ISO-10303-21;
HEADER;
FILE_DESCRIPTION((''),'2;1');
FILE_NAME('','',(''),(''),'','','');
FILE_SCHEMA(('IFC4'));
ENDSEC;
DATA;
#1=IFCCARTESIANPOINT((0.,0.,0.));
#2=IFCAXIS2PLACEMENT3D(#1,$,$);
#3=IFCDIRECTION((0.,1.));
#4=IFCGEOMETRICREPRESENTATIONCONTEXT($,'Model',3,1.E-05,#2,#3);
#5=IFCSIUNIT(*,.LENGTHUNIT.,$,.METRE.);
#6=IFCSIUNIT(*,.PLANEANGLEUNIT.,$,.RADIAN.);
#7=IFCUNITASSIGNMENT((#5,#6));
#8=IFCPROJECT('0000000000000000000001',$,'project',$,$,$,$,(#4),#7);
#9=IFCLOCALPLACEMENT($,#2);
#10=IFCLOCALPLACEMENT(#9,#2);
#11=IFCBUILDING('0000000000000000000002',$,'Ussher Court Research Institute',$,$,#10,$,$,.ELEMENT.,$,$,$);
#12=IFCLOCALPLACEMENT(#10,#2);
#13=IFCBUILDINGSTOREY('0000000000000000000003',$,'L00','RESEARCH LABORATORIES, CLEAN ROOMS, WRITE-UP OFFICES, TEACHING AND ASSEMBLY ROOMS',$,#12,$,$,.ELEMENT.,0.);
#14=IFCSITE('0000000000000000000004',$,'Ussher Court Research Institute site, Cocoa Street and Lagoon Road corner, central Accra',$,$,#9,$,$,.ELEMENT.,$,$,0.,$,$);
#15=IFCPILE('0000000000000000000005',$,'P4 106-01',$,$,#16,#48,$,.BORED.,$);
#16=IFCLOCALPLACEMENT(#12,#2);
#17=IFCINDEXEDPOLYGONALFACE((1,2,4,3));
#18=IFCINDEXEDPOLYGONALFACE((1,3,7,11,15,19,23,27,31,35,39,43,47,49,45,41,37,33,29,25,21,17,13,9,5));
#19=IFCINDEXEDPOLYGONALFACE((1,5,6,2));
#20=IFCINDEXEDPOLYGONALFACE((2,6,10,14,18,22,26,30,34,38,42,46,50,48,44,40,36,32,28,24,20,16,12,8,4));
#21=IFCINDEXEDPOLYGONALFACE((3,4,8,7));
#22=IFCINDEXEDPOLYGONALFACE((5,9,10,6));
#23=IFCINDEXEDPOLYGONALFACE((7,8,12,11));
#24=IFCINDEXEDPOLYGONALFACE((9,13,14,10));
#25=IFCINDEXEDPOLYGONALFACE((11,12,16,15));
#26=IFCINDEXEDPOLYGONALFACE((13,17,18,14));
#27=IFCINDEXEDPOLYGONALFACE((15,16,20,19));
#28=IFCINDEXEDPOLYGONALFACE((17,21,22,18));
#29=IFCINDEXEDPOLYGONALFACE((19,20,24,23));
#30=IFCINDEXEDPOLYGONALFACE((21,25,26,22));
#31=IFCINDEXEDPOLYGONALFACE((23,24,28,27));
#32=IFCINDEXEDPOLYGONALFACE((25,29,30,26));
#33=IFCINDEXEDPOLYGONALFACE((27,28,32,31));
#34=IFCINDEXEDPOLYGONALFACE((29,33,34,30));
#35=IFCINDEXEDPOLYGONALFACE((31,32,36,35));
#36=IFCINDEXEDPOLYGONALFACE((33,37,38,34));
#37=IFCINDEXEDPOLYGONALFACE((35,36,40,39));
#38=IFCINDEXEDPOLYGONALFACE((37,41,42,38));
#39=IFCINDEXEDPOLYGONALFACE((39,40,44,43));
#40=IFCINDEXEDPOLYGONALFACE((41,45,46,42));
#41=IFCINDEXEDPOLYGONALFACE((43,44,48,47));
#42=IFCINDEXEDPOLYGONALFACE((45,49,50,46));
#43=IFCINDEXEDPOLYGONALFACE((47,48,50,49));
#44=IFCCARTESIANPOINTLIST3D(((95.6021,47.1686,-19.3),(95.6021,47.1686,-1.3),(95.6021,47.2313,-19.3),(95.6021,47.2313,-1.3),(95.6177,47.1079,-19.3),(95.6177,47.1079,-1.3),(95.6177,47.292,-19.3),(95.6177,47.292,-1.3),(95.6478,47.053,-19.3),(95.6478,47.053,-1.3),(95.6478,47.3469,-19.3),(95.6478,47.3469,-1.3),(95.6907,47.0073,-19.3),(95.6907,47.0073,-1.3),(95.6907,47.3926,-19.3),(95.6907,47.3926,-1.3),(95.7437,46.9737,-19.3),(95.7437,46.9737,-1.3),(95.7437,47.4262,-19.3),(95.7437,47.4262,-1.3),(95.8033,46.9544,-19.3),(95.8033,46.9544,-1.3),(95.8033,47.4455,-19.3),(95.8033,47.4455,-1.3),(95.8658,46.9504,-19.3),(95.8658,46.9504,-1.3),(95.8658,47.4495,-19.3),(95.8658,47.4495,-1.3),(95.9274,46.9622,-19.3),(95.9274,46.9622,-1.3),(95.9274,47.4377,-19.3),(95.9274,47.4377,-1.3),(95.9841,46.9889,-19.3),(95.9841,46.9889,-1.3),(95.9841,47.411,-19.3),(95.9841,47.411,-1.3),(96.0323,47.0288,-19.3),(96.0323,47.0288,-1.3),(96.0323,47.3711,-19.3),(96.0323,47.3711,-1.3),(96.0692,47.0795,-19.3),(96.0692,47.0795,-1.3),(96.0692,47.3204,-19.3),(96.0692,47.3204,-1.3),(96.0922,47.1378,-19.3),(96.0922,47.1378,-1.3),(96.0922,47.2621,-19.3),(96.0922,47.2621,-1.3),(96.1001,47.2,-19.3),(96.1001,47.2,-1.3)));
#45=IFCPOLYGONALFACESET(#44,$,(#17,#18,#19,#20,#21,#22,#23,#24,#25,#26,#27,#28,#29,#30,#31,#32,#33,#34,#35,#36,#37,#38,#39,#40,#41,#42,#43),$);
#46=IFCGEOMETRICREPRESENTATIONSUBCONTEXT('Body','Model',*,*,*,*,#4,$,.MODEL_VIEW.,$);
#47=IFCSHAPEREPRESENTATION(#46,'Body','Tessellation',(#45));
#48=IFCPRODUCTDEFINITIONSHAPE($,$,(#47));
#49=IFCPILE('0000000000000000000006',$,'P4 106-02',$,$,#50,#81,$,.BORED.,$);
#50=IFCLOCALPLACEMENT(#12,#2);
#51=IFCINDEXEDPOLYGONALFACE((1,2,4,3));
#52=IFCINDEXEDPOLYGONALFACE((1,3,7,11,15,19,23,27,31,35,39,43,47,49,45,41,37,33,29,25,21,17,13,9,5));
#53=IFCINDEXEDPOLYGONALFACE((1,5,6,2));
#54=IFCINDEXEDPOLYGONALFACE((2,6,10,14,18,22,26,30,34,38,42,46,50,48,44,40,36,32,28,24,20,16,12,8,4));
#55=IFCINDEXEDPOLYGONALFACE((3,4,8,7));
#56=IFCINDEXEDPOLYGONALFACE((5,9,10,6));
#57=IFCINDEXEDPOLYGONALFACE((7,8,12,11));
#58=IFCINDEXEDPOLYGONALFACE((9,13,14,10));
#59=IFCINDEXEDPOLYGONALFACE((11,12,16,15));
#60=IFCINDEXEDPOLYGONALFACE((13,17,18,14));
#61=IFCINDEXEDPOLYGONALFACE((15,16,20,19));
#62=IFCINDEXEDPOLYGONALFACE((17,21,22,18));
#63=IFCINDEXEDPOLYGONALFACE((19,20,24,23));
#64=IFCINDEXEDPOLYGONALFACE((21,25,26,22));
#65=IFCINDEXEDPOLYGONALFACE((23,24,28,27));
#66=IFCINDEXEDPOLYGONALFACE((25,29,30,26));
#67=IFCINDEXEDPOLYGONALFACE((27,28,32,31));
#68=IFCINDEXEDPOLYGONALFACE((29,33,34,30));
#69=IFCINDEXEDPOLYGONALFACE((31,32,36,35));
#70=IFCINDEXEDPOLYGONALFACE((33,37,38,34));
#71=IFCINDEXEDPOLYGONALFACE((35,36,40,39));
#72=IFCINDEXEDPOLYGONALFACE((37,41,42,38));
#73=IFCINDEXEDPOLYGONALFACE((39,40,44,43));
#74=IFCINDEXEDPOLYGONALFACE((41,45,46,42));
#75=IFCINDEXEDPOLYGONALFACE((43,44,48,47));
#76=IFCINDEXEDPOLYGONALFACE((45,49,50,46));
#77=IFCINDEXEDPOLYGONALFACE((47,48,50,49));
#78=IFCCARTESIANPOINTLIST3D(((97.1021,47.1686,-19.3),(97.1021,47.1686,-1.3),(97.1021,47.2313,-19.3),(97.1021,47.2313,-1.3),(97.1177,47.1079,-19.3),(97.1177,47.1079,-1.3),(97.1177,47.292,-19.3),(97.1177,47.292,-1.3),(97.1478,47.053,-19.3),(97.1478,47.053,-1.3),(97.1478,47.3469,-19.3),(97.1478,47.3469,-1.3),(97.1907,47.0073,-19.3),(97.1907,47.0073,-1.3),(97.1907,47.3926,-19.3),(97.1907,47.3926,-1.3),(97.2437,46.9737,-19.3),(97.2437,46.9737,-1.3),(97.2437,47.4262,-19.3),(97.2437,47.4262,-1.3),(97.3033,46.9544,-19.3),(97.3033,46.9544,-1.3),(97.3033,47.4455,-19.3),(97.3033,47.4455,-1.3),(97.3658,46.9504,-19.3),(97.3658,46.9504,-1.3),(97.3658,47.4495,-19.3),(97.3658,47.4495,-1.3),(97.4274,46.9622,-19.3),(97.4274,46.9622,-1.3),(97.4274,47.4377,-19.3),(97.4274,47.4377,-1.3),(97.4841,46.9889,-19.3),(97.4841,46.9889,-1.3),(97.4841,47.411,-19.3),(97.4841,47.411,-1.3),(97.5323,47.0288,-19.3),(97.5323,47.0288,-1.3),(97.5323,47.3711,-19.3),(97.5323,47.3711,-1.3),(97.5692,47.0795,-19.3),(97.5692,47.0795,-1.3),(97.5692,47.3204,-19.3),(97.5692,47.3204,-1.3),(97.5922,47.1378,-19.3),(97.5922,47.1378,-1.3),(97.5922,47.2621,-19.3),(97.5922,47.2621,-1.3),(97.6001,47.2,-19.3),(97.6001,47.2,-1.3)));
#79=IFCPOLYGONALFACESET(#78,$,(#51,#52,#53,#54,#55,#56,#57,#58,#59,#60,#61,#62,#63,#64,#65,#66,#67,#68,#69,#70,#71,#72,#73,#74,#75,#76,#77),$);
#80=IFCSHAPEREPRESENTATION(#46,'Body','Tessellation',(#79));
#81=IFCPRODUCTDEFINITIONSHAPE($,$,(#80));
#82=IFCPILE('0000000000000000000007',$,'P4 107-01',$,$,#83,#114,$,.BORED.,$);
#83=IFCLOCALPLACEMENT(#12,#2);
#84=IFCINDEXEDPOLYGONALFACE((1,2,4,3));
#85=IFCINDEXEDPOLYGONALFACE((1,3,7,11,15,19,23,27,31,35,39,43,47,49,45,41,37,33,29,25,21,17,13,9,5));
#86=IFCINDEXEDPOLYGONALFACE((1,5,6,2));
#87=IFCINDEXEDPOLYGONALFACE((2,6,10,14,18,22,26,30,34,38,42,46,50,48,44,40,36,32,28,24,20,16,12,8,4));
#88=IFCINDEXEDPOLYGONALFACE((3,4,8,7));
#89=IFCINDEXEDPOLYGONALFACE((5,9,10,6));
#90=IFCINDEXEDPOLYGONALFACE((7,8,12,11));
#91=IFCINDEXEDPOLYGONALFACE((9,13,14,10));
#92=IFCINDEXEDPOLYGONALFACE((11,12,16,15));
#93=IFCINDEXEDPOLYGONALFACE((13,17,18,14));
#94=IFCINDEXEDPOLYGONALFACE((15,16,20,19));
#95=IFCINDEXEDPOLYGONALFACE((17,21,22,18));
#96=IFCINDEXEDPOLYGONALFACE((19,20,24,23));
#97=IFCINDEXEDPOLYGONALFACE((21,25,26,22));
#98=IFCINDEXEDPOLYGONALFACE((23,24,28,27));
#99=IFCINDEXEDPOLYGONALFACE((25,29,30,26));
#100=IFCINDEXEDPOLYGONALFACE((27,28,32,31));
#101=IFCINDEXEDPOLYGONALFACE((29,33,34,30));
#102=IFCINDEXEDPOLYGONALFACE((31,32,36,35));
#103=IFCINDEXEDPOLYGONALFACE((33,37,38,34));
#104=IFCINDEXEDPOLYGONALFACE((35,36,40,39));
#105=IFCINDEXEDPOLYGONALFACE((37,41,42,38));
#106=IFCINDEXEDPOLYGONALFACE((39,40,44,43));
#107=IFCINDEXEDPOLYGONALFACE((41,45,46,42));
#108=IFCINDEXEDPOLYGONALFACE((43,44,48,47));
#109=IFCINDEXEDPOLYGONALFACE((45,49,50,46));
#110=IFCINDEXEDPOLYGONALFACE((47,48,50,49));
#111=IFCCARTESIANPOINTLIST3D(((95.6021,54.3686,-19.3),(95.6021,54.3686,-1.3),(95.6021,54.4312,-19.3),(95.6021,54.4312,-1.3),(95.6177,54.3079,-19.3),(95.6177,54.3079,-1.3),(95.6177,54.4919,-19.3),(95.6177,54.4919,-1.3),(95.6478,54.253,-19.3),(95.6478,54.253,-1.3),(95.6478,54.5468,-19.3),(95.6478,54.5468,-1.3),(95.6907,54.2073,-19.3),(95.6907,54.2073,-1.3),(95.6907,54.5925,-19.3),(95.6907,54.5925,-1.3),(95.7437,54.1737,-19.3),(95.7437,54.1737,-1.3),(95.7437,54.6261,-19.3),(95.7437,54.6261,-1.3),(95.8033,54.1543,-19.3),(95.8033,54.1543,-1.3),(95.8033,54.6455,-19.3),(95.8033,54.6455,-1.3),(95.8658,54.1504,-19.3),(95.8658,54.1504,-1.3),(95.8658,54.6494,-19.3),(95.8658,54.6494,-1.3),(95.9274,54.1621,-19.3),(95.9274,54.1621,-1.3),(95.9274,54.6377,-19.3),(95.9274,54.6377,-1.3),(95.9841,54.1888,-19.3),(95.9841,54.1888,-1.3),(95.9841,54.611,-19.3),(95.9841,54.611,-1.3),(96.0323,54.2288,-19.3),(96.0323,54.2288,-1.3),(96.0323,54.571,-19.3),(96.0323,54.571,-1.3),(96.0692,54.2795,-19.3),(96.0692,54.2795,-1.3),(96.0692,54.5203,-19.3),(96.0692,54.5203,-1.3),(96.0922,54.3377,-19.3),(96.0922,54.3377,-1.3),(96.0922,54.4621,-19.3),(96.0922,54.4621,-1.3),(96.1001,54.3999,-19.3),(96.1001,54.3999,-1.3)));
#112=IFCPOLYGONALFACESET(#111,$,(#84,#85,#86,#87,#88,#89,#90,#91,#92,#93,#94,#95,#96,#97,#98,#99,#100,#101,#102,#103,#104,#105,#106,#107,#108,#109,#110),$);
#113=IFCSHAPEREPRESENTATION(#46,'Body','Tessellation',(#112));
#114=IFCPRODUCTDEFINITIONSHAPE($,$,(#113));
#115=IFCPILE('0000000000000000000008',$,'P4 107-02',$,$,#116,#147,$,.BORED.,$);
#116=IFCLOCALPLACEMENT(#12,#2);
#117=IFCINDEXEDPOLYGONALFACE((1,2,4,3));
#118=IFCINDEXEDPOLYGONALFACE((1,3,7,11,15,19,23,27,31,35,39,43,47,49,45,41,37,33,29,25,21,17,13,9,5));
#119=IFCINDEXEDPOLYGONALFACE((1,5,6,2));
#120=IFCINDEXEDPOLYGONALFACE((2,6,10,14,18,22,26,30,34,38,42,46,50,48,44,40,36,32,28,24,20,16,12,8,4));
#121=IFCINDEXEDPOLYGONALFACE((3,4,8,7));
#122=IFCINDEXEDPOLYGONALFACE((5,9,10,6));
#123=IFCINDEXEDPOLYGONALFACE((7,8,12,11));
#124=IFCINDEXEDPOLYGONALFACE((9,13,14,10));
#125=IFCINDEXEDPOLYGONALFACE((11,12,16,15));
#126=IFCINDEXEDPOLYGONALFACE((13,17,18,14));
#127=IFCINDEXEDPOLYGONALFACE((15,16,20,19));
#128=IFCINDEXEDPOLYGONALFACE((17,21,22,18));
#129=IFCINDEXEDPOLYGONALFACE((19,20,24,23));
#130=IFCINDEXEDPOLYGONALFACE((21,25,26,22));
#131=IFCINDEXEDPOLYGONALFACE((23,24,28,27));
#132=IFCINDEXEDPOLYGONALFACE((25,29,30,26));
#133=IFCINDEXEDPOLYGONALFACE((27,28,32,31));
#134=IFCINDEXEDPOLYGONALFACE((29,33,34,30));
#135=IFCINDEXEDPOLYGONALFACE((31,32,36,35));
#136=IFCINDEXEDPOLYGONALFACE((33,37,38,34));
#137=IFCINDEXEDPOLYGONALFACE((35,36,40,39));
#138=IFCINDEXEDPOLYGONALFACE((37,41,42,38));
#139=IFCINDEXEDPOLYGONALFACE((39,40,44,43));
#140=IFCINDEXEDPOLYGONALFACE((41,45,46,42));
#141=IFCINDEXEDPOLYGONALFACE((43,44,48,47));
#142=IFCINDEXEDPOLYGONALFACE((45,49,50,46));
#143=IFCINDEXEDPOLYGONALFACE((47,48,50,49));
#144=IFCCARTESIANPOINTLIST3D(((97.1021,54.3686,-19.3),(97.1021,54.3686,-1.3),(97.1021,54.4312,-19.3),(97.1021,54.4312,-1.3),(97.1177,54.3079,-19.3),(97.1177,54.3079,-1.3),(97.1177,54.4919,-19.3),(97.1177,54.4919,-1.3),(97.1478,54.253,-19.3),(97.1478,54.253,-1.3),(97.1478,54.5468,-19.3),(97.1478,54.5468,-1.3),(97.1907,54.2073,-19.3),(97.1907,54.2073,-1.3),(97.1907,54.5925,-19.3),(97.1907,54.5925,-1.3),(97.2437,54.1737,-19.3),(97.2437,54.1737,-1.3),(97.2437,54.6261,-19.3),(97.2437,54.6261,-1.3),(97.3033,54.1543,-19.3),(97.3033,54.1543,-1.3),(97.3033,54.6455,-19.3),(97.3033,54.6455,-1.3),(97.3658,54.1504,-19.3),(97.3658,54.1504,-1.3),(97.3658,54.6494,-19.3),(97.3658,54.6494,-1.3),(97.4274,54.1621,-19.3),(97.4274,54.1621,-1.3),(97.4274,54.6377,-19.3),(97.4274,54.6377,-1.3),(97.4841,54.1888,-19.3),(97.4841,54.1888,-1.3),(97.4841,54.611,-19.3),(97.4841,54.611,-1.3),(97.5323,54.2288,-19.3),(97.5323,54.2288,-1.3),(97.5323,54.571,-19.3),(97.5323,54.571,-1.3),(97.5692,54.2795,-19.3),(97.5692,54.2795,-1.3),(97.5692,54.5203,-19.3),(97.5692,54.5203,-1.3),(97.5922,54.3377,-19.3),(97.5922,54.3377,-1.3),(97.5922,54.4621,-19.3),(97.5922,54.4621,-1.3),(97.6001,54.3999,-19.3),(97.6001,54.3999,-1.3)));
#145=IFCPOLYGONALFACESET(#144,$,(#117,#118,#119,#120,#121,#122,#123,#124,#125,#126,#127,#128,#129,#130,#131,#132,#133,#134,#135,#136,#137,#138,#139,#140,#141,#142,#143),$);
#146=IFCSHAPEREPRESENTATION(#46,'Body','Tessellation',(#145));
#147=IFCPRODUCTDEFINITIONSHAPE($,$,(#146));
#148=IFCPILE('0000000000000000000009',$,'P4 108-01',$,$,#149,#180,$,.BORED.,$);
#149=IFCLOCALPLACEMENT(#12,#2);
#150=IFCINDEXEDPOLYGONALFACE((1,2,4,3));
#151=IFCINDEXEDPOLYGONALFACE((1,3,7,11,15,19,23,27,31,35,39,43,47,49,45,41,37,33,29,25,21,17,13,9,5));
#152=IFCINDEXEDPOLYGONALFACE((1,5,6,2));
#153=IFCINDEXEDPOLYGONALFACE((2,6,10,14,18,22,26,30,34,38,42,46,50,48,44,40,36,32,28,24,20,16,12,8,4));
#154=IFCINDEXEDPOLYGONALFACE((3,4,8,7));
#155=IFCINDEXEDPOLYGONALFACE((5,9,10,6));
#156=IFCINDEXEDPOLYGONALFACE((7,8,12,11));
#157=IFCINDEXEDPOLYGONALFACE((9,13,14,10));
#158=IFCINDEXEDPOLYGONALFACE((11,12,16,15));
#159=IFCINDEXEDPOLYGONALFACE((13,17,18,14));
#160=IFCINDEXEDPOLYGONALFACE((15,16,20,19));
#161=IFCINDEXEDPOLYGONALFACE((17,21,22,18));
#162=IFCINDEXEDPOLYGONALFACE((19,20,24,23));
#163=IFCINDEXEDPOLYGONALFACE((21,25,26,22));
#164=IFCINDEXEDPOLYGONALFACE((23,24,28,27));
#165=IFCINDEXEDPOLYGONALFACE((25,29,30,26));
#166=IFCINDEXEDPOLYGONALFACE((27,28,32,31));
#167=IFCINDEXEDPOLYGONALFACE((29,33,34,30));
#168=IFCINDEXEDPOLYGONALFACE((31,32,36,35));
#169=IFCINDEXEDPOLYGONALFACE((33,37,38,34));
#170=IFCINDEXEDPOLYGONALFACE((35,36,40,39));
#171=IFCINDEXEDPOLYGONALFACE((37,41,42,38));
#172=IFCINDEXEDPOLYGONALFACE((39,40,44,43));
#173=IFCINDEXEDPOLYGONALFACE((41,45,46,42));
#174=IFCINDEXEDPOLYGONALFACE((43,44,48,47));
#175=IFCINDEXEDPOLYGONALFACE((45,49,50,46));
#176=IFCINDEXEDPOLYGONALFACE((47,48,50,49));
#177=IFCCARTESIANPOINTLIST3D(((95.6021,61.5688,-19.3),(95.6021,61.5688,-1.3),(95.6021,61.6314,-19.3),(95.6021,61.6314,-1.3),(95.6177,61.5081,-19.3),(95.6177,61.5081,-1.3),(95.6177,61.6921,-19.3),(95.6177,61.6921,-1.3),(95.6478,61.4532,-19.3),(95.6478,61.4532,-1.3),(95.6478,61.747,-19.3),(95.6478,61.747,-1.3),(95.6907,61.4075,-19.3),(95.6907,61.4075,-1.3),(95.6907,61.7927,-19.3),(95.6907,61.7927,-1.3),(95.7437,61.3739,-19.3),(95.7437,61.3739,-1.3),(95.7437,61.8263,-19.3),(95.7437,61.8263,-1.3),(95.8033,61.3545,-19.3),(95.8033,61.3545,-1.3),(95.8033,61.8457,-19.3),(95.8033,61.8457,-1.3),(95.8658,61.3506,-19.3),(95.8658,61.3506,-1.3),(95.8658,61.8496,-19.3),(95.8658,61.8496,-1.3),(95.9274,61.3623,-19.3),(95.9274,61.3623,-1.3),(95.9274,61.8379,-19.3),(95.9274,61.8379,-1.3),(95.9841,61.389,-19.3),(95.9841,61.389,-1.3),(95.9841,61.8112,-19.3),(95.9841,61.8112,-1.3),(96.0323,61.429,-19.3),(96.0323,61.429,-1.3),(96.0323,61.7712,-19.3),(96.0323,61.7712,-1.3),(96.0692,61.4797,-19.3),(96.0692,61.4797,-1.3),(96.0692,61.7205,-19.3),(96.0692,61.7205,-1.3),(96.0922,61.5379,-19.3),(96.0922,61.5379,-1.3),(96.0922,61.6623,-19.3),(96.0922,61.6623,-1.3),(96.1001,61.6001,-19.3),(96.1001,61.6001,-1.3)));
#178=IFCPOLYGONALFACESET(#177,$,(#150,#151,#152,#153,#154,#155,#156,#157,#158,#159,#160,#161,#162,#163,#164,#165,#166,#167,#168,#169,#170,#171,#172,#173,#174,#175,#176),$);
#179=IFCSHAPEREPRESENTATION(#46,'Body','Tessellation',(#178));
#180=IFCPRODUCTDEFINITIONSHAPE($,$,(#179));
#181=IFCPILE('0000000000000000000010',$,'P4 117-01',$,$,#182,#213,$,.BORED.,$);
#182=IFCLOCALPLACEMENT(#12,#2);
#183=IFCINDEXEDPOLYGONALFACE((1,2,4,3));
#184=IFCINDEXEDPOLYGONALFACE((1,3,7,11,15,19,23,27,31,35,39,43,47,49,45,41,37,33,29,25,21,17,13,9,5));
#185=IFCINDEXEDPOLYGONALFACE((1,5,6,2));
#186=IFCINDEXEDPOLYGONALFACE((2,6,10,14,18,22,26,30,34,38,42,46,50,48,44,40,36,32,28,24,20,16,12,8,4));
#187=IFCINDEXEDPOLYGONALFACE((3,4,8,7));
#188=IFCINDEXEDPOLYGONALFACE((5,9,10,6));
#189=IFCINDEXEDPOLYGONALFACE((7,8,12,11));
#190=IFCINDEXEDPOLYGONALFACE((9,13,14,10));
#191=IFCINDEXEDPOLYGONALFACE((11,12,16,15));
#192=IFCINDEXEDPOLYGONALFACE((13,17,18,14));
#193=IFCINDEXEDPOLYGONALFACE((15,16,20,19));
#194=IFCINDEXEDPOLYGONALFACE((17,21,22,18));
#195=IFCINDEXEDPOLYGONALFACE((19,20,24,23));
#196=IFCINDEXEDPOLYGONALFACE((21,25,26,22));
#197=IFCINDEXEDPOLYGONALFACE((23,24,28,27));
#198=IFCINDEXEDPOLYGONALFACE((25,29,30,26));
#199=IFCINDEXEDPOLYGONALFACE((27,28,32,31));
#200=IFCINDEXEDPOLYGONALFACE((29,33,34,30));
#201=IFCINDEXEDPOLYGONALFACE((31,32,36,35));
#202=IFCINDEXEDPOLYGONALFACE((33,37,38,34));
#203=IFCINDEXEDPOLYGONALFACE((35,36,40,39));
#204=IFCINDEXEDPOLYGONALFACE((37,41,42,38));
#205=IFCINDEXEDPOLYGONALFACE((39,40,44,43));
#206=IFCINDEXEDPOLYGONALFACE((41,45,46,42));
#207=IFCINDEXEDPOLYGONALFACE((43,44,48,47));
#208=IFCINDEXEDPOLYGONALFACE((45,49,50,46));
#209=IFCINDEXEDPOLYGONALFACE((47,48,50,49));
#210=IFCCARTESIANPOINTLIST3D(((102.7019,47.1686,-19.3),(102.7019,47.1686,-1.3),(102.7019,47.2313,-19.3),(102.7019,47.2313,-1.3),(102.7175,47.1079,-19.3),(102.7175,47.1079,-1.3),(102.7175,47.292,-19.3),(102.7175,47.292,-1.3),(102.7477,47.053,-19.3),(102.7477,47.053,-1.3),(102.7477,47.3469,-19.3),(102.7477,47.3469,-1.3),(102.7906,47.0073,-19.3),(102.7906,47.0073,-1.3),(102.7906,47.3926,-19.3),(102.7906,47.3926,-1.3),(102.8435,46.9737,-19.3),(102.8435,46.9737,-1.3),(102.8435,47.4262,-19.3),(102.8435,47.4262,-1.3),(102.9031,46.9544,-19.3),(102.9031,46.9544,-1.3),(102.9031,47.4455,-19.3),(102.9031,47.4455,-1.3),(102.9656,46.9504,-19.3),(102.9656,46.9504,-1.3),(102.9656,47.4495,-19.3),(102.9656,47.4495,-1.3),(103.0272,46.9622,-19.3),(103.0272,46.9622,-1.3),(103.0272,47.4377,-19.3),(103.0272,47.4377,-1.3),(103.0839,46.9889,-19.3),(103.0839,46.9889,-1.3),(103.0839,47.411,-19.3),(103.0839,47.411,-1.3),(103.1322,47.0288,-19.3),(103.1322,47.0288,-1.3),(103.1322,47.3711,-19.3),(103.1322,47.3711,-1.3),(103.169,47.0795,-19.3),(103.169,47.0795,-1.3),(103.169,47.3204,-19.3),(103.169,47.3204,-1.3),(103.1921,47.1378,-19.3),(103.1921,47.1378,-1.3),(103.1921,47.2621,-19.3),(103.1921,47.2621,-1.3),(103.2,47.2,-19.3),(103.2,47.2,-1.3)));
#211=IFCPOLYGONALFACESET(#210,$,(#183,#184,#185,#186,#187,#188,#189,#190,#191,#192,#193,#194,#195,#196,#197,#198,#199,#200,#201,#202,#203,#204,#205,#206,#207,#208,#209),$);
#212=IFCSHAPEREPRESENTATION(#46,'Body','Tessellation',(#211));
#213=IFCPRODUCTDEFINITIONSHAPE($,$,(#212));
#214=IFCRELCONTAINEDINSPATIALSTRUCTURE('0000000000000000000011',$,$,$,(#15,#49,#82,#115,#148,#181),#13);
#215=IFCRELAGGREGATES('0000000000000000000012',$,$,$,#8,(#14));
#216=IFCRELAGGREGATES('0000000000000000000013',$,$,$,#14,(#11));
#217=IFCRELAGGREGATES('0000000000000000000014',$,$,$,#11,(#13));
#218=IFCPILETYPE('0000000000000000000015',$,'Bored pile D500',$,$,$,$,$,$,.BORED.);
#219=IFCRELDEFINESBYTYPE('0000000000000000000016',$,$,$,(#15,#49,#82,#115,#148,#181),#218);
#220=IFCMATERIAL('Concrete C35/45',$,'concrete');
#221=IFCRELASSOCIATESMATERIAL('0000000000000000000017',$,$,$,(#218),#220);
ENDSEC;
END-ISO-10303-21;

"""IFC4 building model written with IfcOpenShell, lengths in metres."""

from ifc_helpers import new_model, si_unit, direction, frame, origin, origin_2d, place, context, subcontext, project, spatial, circle, extrude, material, material_profile, profile_set, type_object, element, save


model = new_model("IFC4")

# Units and contexts
model_context = context("Model", 3, precision=1e-05, world=origin(), true_north=direction((0.0, 1.0)))
body_context = subcontext(model_context, "Body", "Model", "MODEL_VIEW")
ifc_project = project(units=[si_unit("LENGTHUNIT", "METRE"), si_unit("PLANEANGLEUNIT", "RADIAN")], contexts=[model_context])

# Site, building, storey
site_placement = place(None, origin())
site = spatial("IfcSite", under=ifc_project, at=site_placement, Name="Ussher Court Research Institute site, Cocoa Street and Lagoon Road corner, central Accra", CompositionType="ELEMENT", RefElevation=0.0)
building_placement = place(site_placement, origin())
building = spatial("IfcBuilding", under=site, at=building_placement, Name="Ussher Court Research Institute", CompositionType="ELEMENT")
storey_placement = place(building_placement, origin())
storey = spatial("IfcBuildingStorey", under=building, at=storey_placement, Name="L00", Description="RESEARCH LABORATORIES, CLEAN ROOMS, WRITE-UP OFFICES, TEACHING AND ASSEMBLY ROOMS", CompositionType="ELEMENT", Elevation=0.0)

# Piles
ifc_material_1 = material(Name="Concrete C35/45", Category="concrete")
ifc_material_profile_1 = material_profile(ifc_material_1, circle(Radius=0.25, at=origin_2d()), Name="RC D500")
ifc_profile_set_1 = profile_set([ifc_material_profile_1], Name="Concrete C35/45")
pile_type = type_object("IfcPileType", Name="Bored pile D500", PredefinedType="BORED", material=ifc_profile_set_1)
for number, where, z_axis, x_axis, name in (
    (1, (95.8501, 47.2, -1.3), (0.0, 0.0, -1.0), (1.0, 0.0, 0.0), "P4 106-01"),
    (2, (97.3501, 47.2, -1.3), (0.0, 0.0, -1.0), (1.0, 0.0, 0.0), "P4 106-02"),
    (3, (95.8501, 54.3999, -1.3), (0.0, 0.0, -1.0), (1.0, 0.0, 0.0), "P4 107-01"),
    (4, (97.3501, 54.3999, -1.3), (0.0, 0.0, -1.0), (1.0, 0.0, 0.0), "P4 107-02"),
    (5, (95.8501, 61.6001, -1.3), (0.0, 0.0, -1.0), (1.0, 0.0, 0.0), "P4 108-01"),
    (6, (102.95, 47.2, -1.3), (0.0, 0.0, -1.0), (1.0, 0.0, 0.0), "P4 117-01"),
):
    element("IfcPile", number, at=place(storey_placement, frame(where, z_axis=z_axis, x_axis=x_axis)), inside=storey, type_object=pile_type, Name=name, PredefinedType="BORED", context=body_context, shape_type="SweptSolid", body=[
        extrude(circle(Radius=0.25, at=origin_2d()), origin(), (0.0, 0.0, 1.0), 18.0),
    ])

save(model, "model.ifc")
